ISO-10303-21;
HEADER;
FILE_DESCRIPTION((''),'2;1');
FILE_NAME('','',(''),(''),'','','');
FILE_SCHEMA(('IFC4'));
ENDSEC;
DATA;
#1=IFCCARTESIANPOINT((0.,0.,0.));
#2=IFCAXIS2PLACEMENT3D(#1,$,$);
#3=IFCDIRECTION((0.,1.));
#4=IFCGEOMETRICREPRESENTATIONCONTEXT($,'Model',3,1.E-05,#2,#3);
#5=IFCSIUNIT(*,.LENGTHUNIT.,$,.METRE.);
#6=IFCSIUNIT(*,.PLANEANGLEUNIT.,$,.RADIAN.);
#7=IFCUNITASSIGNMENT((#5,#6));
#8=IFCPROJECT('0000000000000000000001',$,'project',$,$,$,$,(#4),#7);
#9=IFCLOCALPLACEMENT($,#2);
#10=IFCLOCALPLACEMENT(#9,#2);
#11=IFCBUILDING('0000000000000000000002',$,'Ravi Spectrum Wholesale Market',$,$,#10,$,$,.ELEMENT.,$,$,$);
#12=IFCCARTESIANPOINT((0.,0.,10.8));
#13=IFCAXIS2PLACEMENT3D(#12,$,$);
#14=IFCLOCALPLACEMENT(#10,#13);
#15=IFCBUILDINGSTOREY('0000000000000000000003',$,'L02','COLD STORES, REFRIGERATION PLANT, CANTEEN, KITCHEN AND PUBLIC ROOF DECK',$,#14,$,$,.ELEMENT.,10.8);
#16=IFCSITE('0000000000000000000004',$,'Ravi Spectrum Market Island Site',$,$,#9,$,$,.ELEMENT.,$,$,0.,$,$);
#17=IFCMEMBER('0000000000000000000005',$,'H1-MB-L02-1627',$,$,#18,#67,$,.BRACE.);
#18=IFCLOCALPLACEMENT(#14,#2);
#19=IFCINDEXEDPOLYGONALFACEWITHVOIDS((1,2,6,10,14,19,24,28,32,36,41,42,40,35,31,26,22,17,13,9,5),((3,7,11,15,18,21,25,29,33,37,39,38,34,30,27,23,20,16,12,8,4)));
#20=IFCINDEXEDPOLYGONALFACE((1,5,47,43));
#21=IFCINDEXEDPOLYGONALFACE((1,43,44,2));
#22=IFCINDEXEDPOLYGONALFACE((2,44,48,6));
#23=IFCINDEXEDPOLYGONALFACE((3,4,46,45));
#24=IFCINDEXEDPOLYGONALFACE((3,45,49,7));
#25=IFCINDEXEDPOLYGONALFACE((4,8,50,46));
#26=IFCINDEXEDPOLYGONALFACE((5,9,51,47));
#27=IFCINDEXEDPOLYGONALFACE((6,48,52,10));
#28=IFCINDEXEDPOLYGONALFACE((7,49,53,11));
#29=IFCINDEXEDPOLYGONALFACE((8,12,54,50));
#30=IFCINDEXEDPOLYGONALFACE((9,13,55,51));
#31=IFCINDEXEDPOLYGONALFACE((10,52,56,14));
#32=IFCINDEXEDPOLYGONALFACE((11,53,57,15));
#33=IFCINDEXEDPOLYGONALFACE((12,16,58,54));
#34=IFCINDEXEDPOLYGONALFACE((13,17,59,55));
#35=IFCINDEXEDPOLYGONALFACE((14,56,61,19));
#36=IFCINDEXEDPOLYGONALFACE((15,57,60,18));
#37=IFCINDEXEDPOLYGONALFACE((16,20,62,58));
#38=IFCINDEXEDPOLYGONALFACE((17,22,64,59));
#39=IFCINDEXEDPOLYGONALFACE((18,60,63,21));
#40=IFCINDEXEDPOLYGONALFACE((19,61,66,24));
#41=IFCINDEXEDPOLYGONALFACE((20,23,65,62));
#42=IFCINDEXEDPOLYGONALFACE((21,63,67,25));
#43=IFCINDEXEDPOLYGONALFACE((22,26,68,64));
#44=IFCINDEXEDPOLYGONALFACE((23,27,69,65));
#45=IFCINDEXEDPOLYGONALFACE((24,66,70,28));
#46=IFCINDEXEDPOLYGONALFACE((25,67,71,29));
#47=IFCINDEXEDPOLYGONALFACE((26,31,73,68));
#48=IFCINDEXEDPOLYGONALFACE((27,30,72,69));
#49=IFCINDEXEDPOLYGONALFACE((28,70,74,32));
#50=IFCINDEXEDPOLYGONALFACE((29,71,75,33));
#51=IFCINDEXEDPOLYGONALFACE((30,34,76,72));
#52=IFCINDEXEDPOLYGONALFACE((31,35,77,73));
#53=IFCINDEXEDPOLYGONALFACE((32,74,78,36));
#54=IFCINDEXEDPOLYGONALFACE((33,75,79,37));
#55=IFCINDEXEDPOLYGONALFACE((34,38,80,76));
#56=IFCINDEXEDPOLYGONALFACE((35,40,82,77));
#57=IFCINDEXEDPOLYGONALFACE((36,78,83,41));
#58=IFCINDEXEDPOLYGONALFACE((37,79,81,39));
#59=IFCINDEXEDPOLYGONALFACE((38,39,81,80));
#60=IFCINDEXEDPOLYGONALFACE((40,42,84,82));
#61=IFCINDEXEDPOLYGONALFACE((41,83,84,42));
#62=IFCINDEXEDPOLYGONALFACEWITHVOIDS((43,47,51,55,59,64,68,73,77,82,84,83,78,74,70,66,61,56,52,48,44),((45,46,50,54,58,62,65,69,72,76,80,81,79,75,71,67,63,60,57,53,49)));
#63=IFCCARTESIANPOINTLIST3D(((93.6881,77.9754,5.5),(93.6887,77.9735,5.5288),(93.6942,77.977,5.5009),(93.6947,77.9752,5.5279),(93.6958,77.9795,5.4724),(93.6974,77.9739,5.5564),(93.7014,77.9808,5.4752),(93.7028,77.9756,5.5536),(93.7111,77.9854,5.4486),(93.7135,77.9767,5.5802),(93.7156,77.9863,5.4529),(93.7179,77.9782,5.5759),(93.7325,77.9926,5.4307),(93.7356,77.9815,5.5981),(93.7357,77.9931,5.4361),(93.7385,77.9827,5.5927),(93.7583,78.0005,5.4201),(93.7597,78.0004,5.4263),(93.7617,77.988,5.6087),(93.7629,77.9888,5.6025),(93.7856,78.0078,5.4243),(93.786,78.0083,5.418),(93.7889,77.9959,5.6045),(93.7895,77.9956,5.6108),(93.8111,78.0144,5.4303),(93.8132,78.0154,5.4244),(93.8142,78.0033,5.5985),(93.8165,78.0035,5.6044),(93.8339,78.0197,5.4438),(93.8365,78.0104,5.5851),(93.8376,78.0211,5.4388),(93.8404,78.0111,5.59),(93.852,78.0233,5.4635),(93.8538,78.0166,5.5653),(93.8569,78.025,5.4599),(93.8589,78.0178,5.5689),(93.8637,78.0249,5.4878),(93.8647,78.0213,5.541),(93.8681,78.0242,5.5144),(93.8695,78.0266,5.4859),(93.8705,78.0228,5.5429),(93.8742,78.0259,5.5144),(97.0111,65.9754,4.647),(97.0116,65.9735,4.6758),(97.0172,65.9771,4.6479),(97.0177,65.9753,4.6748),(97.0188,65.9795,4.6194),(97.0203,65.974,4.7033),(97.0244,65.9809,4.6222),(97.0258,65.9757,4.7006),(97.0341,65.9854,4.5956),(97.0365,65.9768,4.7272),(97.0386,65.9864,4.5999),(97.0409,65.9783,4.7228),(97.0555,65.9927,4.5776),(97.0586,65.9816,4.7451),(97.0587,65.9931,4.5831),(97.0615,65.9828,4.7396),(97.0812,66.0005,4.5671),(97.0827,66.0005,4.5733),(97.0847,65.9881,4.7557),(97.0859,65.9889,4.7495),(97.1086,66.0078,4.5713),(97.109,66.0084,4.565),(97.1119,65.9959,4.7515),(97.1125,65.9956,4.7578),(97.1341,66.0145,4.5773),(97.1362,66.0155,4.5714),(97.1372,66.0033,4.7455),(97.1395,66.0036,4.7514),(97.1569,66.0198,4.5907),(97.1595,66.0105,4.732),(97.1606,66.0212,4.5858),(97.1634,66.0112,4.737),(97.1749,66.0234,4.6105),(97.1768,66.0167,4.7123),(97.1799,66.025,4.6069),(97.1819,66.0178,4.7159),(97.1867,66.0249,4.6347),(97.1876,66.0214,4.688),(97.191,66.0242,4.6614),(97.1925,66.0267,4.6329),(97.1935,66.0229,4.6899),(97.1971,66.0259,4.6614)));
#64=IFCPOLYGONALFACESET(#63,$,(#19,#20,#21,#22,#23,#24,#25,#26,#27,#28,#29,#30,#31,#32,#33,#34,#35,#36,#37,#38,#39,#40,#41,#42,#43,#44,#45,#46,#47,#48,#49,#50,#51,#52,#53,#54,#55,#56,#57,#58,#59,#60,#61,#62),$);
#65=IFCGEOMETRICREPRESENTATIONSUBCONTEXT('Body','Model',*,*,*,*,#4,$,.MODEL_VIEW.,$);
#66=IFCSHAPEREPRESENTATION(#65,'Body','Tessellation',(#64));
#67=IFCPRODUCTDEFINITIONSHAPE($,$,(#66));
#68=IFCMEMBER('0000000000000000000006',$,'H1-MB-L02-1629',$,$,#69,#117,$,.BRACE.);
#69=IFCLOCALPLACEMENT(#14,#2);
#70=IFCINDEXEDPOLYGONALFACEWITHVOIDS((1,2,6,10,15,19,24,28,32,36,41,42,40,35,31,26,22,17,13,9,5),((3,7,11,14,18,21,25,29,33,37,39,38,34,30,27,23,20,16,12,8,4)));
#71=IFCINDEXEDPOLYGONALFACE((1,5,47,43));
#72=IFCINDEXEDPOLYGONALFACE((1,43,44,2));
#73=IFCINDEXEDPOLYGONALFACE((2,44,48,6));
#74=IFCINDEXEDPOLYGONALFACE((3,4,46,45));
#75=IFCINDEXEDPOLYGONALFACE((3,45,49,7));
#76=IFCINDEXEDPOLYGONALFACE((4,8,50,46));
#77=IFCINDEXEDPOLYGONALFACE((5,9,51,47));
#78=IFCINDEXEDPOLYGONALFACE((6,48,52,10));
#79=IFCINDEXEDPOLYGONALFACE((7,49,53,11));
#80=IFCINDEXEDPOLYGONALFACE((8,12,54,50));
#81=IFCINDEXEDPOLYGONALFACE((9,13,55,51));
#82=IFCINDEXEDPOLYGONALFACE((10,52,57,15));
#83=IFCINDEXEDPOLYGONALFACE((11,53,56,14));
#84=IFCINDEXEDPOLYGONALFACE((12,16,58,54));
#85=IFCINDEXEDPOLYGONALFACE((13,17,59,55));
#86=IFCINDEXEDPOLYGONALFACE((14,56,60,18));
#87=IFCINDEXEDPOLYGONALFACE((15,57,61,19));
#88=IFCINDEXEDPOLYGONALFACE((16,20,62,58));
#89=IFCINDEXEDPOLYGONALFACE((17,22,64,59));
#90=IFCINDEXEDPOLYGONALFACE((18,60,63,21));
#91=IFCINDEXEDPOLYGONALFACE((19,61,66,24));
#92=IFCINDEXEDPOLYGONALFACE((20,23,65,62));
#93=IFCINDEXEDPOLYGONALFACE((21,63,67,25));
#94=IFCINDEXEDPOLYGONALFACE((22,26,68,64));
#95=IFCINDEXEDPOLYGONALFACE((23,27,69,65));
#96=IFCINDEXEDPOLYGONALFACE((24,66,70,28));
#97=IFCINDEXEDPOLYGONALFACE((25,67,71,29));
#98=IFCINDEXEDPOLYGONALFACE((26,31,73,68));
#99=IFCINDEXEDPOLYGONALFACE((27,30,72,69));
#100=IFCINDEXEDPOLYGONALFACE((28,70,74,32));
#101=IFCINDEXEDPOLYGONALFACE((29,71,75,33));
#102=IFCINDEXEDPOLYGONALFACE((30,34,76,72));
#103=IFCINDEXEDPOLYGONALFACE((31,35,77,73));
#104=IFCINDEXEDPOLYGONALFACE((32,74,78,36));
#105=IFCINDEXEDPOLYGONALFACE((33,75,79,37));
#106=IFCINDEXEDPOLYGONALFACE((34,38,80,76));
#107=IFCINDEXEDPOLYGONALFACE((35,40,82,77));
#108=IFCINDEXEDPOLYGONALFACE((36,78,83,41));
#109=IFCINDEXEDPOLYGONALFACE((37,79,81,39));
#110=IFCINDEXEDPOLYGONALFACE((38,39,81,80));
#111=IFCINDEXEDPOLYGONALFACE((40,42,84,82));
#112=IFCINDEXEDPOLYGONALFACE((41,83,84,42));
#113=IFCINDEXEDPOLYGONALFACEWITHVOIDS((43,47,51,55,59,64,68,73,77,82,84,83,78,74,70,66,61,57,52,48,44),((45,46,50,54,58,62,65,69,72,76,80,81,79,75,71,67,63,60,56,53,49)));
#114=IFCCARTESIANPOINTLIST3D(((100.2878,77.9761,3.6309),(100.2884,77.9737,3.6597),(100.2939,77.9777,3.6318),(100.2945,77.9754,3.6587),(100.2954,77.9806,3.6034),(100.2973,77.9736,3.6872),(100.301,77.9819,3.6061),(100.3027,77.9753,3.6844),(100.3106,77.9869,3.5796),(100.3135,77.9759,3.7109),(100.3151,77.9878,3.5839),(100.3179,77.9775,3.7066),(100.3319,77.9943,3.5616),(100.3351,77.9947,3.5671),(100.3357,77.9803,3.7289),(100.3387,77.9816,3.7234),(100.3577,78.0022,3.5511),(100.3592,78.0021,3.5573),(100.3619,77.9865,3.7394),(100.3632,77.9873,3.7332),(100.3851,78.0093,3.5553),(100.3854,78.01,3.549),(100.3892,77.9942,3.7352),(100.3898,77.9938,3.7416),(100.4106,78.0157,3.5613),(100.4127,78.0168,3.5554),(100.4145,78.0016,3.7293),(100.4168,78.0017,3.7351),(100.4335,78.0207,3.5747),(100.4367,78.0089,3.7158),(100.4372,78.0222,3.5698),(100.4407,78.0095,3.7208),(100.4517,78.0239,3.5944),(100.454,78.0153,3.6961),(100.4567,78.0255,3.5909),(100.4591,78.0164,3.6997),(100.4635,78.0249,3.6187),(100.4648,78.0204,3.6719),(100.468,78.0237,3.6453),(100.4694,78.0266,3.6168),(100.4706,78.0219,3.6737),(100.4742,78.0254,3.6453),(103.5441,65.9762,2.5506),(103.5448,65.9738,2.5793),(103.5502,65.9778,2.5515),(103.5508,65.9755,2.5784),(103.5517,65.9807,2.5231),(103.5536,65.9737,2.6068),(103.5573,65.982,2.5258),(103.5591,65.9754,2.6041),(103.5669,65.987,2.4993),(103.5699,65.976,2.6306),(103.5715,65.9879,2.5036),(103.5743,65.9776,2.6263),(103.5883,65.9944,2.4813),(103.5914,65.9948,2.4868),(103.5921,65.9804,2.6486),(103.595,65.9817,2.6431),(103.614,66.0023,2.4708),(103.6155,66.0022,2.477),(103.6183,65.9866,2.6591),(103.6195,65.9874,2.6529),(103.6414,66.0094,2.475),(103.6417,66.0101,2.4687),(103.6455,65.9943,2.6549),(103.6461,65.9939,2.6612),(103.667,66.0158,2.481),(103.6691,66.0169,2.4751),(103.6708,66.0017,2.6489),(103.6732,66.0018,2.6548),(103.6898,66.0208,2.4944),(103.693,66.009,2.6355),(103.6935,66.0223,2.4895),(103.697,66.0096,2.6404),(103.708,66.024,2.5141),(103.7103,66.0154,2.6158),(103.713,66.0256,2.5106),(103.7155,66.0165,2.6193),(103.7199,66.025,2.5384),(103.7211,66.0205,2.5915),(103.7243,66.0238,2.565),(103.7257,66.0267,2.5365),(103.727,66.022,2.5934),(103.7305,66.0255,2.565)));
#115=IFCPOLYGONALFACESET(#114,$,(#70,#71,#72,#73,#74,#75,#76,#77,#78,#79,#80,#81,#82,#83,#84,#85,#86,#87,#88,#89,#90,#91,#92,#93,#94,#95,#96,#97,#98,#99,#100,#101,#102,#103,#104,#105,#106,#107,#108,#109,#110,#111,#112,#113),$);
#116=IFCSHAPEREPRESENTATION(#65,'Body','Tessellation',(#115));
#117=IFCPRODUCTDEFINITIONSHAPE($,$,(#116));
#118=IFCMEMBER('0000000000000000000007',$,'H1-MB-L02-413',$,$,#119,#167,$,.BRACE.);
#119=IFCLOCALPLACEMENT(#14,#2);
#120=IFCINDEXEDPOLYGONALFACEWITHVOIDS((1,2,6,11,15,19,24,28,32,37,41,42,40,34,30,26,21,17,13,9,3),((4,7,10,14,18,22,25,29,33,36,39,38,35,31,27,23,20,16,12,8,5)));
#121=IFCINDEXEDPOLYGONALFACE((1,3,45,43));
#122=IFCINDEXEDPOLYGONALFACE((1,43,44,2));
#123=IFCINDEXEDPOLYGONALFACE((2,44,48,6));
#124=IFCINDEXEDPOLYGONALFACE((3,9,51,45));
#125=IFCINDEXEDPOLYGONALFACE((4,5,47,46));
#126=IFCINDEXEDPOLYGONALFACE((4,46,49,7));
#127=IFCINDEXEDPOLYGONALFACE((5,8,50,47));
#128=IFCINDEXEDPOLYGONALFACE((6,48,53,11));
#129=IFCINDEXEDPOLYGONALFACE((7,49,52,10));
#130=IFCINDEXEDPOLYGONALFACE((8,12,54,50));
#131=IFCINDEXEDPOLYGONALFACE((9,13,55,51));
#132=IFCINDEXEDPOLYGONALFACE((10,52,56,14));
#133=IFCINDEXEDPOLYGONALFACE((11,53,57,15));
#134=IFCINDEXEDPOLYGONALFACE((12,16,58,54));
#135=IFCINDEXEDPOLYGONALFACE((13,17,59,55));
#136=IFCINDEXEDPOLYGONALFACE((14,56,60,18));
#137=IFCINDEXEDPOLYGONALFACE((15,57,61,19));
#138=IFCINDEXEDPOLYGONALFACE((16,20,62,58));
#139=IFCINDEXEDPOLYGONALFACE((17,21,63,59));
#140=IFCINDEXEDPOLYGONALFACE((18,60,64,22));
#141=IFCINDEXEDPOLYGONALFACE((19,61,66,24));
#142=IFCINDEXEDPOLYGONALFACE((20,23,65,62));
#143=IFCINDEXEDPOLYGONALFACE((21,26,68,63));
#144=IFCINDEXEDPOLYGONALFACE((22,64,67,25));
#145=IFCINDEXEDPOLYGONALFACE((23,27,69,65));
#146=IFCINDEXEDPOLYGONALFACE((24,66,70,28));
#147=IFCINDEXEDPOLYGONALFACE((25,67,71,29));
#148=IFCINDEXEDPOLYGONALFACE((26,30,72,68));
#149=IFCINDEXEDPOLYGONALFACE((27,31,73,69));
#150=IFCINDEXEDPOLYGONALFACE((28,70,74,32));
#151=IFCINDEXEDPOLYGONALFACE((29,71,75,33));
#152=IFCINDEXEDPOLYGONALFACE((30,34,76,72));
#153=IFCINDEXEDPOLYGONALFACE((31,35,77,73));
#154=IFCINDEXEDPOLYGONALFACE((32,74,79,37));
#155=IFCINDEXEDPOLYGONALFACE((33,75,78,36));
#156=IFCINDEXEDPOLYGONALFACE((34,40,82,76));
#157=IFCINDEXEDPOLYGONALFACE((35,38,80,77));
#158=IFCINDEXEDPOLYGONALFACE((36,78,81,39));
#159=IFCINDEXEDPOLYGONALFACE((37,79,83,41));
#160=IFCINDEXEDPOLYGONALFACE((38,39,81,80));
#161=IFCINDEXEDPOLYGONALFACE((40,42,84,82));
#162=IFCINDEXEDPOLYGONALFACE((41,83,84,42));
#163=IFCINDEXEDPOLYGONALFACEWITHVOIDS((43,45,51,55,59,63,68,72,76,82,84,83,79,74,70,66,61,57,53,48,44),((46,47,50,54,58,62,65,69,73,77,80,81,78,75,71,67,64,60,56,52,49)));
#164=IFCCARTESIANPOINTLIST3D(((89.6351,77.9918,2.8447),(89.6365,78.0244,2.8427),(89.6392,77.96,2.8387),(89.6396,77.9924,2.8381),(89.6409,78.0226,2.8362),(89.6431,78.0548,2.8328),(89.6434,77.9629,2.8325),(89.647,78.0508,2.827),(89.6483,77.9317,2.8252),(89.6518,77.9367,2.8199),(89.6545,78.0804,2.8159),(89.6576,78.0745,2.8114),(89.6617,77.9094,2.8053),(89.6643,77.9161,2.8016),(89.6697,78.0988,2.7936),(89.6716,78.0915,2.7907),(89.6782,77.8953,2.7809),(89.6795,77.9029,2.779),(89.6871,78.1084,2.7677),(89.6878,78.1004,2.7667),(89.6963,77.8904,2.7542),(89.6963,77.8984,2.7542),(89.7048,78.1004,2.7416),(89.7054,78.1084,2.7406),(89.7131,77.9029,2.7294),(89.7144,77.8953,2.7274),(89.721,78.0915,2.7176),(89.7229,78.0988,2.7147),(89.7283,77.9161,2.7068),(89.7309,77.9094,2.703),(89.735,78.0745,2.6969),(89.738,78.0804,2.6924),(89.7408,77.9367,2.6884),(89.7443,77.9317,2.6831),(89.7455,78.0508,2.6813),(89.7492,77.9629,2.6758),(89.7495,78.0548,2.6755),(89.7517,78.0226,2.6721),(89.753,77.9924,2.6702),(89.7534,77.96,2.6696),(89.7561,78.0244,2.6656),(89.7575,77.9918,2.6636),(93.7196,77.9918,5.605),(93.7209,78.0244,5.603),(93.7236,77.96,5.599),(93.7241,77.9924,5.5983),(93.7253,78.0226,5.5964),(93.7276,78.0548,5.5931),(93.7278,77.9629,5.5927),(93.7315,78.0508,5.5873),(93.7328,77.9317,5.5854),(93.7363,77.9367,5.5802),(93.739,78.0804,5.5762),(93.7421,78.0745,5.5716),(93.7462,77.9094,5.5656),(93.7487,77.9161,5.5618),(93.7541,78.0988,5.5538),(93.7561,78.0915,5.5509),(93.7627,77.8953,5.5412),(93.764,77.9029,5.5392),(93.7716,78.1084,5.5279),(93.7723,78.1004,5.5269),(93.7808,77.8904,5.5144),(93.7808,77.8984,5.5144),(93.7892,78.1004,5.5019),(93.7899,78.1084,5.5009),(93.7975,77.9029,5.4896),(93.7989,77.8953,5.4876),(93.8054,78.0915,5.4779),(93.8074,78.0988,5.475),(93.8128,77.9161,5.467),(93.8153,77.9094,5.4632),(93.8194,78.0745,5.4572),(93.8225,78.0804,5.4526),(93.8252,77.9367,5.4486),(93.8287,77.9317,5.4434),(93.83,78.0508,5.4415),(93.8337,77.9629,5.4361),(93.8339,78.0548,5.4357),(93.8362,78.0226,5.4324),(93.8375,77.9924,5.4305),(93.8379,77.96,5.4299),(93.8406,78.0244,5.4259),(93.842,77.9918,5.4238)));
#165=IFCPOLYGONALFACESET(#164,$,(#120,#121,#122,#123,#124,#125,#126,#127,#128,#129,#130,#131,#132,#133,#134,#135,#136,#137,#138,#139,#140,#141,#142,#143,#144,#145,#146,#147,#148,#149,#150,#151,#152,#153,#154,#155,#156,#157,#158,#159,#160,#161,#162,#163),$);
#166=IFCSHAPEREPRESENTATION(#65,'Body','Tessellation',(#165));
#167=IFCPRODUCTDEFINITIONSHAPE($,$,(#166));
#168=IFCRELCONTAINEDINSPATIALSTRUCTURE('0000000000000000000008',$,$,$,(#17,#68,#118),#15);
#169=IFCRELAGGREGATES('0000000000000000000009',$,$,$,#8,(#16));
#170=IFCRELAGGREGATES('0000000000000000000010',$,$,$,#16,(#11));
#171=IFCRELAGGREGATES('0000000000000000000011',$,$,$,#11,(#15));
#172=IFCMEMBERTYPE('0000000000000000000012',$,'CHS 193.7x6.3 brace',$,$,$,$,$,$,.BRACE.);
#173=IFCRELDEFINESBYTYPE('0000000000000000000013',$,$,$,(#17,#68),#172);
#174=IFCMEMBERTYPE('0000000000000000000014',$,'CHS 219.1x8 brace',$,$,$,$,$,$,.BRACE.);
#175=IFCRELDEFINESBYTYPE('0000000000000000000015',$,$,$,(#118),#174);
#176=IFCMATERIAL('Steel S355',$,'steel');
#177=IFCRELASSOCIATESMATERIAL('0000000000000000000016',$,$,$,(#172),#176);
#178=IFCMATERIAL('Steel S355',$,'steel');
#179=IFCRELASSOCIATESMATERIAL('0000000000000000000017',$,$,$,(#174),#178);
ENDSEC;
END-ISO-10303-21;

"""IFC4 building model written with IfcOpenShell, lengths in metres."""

from ifc_helpers import new_model, si_unit, direction, frame, origin, origin_2d, place, context, subcontext, project, spatial, hollow_circle, extrude, material, material_profile, profile_set, type_object, element, save


model = new_model("IFC4")

# Units and contexts
model_context = context("Model", 3, precision=1e-05, world=origin(), true_north=direction((0.0, 1.0)))
body_context = subcontext(model_context, "Body", "Model", "MODEL_VIEW")
ifc_project = project(units=[si_unit("LENGTHUNIT", "METRE"), si_unit("PLANEANGLEUNIT", "RADIAN")], contexts=[model_context])

# Site, building, storey
site_placement = place(None, origin())
site = spatial("IfcSite", under=ifc_project, at=site_placement, Name="Ravi Spectrum Market Island Site", CompositionType="ELEMENT", RefElevation=0.0)
building_placement = place(site_placement, origin())
building = spatial("IfcBuilding", under=site, at=building_placement, Name="Ravi Spectrum Wholesale Market", CompositionType="ELEMENT")
storey_placement = place(building_placement, frame((0.0, 0.0, 10.8)))
storey = spatial("IfcBuildingStorey", under=building, at=storey_placement, Name="L02", Description="COLD STORES, REFRIGERATION PLANT, CANTEEN, KITCHEN AND PUBLIC ROOF DECK", CompositionType="ELEMENT", Elevation=10.8)

# Members
ifc_material_1 = material(Name="Steel S355", Category="steel")
ifc_material_profile_1 = material_profile(ifc_material_1, hollow_circle(Radius=0.0969, WallThickness=0.0063, at=origin_2d()))
ifc_profile_set_1 = profile_set([ifc_material_profile_1], Name="Steel S355")
member_type_1 = type_object("IfcMemberType", Name="CHS 193.7x6.3 brace", PredefinedType="BRACE", material=ifc_profile_set_1)
for number, where, z_axis, x_axis, name in (
    (1, (93.7808, 78.0, 5.5144), (0.266249, -0.961478, -0.068347), (0.963732, 0.266873, 0.0), "H1-MB-L02-1627"),
    (2, (100.3806, 78.0, 3.6453), (0.260908, -0.961475, -0.086559), (0.965097, 0.261891, 0.0), "H1-MB-L02-1629"),
):
    element("IfcMember", number, at=place(storey_placement, frame(where, z_axis=z_axis, x_axis=x_axis)), inside=storey, type_object=member_type_1, Name=name, PredefinedType="BRACE", context=body_context, shape_type="SweptSolid", body=[
        extrude(hollow_circle(Radius=0.0969, WallThickness=0.0063, at=origin_2d()), origin(), (0.0, 0.0, 1.0), 12.4807),
    ])
ifc_material_2 = material(Name="Steel S355", Category="steel")
ifc_material_profile_2 = material_profile(ifc_material_2, hollow_circle(Radius=0.1096, WallThickness=0.0081, at=origin_2d()))
ifc_profile_set_2 = profile_set([ifc_material_profile_2], Name="Steel S355")
member_type_2 = type_object("IfcMemberType", Name="CHS 219.1x8 brace", PredefinedType="BRACE", material=ifc_profile_set_2)
for number, where, z_axis, x_axis, name in (
    (3, (93.7808, 78.0, 5.5144), (-0.828544, 0.0, -0.559924), (0.0, -1.0, 0.0), "H1-MB-L02-413"),
):
    element("IfcMember", number, at=place(storey_placement, frame(where, z_axis=z_axis, x_axis=x_axis)), inside=storey, type_object=member_type_2, Name=name, PredefinedType="BRACE", context=body_context, shape_type="SweptSolid", body=[
        extrude(hollow_circle(Radius=0.1096, WallThickness=0.0081, at=origin_2d()), origin(), (0.0, 0.0, 1.0), 4.9297),
    ])

save(model, "model.ifc")
